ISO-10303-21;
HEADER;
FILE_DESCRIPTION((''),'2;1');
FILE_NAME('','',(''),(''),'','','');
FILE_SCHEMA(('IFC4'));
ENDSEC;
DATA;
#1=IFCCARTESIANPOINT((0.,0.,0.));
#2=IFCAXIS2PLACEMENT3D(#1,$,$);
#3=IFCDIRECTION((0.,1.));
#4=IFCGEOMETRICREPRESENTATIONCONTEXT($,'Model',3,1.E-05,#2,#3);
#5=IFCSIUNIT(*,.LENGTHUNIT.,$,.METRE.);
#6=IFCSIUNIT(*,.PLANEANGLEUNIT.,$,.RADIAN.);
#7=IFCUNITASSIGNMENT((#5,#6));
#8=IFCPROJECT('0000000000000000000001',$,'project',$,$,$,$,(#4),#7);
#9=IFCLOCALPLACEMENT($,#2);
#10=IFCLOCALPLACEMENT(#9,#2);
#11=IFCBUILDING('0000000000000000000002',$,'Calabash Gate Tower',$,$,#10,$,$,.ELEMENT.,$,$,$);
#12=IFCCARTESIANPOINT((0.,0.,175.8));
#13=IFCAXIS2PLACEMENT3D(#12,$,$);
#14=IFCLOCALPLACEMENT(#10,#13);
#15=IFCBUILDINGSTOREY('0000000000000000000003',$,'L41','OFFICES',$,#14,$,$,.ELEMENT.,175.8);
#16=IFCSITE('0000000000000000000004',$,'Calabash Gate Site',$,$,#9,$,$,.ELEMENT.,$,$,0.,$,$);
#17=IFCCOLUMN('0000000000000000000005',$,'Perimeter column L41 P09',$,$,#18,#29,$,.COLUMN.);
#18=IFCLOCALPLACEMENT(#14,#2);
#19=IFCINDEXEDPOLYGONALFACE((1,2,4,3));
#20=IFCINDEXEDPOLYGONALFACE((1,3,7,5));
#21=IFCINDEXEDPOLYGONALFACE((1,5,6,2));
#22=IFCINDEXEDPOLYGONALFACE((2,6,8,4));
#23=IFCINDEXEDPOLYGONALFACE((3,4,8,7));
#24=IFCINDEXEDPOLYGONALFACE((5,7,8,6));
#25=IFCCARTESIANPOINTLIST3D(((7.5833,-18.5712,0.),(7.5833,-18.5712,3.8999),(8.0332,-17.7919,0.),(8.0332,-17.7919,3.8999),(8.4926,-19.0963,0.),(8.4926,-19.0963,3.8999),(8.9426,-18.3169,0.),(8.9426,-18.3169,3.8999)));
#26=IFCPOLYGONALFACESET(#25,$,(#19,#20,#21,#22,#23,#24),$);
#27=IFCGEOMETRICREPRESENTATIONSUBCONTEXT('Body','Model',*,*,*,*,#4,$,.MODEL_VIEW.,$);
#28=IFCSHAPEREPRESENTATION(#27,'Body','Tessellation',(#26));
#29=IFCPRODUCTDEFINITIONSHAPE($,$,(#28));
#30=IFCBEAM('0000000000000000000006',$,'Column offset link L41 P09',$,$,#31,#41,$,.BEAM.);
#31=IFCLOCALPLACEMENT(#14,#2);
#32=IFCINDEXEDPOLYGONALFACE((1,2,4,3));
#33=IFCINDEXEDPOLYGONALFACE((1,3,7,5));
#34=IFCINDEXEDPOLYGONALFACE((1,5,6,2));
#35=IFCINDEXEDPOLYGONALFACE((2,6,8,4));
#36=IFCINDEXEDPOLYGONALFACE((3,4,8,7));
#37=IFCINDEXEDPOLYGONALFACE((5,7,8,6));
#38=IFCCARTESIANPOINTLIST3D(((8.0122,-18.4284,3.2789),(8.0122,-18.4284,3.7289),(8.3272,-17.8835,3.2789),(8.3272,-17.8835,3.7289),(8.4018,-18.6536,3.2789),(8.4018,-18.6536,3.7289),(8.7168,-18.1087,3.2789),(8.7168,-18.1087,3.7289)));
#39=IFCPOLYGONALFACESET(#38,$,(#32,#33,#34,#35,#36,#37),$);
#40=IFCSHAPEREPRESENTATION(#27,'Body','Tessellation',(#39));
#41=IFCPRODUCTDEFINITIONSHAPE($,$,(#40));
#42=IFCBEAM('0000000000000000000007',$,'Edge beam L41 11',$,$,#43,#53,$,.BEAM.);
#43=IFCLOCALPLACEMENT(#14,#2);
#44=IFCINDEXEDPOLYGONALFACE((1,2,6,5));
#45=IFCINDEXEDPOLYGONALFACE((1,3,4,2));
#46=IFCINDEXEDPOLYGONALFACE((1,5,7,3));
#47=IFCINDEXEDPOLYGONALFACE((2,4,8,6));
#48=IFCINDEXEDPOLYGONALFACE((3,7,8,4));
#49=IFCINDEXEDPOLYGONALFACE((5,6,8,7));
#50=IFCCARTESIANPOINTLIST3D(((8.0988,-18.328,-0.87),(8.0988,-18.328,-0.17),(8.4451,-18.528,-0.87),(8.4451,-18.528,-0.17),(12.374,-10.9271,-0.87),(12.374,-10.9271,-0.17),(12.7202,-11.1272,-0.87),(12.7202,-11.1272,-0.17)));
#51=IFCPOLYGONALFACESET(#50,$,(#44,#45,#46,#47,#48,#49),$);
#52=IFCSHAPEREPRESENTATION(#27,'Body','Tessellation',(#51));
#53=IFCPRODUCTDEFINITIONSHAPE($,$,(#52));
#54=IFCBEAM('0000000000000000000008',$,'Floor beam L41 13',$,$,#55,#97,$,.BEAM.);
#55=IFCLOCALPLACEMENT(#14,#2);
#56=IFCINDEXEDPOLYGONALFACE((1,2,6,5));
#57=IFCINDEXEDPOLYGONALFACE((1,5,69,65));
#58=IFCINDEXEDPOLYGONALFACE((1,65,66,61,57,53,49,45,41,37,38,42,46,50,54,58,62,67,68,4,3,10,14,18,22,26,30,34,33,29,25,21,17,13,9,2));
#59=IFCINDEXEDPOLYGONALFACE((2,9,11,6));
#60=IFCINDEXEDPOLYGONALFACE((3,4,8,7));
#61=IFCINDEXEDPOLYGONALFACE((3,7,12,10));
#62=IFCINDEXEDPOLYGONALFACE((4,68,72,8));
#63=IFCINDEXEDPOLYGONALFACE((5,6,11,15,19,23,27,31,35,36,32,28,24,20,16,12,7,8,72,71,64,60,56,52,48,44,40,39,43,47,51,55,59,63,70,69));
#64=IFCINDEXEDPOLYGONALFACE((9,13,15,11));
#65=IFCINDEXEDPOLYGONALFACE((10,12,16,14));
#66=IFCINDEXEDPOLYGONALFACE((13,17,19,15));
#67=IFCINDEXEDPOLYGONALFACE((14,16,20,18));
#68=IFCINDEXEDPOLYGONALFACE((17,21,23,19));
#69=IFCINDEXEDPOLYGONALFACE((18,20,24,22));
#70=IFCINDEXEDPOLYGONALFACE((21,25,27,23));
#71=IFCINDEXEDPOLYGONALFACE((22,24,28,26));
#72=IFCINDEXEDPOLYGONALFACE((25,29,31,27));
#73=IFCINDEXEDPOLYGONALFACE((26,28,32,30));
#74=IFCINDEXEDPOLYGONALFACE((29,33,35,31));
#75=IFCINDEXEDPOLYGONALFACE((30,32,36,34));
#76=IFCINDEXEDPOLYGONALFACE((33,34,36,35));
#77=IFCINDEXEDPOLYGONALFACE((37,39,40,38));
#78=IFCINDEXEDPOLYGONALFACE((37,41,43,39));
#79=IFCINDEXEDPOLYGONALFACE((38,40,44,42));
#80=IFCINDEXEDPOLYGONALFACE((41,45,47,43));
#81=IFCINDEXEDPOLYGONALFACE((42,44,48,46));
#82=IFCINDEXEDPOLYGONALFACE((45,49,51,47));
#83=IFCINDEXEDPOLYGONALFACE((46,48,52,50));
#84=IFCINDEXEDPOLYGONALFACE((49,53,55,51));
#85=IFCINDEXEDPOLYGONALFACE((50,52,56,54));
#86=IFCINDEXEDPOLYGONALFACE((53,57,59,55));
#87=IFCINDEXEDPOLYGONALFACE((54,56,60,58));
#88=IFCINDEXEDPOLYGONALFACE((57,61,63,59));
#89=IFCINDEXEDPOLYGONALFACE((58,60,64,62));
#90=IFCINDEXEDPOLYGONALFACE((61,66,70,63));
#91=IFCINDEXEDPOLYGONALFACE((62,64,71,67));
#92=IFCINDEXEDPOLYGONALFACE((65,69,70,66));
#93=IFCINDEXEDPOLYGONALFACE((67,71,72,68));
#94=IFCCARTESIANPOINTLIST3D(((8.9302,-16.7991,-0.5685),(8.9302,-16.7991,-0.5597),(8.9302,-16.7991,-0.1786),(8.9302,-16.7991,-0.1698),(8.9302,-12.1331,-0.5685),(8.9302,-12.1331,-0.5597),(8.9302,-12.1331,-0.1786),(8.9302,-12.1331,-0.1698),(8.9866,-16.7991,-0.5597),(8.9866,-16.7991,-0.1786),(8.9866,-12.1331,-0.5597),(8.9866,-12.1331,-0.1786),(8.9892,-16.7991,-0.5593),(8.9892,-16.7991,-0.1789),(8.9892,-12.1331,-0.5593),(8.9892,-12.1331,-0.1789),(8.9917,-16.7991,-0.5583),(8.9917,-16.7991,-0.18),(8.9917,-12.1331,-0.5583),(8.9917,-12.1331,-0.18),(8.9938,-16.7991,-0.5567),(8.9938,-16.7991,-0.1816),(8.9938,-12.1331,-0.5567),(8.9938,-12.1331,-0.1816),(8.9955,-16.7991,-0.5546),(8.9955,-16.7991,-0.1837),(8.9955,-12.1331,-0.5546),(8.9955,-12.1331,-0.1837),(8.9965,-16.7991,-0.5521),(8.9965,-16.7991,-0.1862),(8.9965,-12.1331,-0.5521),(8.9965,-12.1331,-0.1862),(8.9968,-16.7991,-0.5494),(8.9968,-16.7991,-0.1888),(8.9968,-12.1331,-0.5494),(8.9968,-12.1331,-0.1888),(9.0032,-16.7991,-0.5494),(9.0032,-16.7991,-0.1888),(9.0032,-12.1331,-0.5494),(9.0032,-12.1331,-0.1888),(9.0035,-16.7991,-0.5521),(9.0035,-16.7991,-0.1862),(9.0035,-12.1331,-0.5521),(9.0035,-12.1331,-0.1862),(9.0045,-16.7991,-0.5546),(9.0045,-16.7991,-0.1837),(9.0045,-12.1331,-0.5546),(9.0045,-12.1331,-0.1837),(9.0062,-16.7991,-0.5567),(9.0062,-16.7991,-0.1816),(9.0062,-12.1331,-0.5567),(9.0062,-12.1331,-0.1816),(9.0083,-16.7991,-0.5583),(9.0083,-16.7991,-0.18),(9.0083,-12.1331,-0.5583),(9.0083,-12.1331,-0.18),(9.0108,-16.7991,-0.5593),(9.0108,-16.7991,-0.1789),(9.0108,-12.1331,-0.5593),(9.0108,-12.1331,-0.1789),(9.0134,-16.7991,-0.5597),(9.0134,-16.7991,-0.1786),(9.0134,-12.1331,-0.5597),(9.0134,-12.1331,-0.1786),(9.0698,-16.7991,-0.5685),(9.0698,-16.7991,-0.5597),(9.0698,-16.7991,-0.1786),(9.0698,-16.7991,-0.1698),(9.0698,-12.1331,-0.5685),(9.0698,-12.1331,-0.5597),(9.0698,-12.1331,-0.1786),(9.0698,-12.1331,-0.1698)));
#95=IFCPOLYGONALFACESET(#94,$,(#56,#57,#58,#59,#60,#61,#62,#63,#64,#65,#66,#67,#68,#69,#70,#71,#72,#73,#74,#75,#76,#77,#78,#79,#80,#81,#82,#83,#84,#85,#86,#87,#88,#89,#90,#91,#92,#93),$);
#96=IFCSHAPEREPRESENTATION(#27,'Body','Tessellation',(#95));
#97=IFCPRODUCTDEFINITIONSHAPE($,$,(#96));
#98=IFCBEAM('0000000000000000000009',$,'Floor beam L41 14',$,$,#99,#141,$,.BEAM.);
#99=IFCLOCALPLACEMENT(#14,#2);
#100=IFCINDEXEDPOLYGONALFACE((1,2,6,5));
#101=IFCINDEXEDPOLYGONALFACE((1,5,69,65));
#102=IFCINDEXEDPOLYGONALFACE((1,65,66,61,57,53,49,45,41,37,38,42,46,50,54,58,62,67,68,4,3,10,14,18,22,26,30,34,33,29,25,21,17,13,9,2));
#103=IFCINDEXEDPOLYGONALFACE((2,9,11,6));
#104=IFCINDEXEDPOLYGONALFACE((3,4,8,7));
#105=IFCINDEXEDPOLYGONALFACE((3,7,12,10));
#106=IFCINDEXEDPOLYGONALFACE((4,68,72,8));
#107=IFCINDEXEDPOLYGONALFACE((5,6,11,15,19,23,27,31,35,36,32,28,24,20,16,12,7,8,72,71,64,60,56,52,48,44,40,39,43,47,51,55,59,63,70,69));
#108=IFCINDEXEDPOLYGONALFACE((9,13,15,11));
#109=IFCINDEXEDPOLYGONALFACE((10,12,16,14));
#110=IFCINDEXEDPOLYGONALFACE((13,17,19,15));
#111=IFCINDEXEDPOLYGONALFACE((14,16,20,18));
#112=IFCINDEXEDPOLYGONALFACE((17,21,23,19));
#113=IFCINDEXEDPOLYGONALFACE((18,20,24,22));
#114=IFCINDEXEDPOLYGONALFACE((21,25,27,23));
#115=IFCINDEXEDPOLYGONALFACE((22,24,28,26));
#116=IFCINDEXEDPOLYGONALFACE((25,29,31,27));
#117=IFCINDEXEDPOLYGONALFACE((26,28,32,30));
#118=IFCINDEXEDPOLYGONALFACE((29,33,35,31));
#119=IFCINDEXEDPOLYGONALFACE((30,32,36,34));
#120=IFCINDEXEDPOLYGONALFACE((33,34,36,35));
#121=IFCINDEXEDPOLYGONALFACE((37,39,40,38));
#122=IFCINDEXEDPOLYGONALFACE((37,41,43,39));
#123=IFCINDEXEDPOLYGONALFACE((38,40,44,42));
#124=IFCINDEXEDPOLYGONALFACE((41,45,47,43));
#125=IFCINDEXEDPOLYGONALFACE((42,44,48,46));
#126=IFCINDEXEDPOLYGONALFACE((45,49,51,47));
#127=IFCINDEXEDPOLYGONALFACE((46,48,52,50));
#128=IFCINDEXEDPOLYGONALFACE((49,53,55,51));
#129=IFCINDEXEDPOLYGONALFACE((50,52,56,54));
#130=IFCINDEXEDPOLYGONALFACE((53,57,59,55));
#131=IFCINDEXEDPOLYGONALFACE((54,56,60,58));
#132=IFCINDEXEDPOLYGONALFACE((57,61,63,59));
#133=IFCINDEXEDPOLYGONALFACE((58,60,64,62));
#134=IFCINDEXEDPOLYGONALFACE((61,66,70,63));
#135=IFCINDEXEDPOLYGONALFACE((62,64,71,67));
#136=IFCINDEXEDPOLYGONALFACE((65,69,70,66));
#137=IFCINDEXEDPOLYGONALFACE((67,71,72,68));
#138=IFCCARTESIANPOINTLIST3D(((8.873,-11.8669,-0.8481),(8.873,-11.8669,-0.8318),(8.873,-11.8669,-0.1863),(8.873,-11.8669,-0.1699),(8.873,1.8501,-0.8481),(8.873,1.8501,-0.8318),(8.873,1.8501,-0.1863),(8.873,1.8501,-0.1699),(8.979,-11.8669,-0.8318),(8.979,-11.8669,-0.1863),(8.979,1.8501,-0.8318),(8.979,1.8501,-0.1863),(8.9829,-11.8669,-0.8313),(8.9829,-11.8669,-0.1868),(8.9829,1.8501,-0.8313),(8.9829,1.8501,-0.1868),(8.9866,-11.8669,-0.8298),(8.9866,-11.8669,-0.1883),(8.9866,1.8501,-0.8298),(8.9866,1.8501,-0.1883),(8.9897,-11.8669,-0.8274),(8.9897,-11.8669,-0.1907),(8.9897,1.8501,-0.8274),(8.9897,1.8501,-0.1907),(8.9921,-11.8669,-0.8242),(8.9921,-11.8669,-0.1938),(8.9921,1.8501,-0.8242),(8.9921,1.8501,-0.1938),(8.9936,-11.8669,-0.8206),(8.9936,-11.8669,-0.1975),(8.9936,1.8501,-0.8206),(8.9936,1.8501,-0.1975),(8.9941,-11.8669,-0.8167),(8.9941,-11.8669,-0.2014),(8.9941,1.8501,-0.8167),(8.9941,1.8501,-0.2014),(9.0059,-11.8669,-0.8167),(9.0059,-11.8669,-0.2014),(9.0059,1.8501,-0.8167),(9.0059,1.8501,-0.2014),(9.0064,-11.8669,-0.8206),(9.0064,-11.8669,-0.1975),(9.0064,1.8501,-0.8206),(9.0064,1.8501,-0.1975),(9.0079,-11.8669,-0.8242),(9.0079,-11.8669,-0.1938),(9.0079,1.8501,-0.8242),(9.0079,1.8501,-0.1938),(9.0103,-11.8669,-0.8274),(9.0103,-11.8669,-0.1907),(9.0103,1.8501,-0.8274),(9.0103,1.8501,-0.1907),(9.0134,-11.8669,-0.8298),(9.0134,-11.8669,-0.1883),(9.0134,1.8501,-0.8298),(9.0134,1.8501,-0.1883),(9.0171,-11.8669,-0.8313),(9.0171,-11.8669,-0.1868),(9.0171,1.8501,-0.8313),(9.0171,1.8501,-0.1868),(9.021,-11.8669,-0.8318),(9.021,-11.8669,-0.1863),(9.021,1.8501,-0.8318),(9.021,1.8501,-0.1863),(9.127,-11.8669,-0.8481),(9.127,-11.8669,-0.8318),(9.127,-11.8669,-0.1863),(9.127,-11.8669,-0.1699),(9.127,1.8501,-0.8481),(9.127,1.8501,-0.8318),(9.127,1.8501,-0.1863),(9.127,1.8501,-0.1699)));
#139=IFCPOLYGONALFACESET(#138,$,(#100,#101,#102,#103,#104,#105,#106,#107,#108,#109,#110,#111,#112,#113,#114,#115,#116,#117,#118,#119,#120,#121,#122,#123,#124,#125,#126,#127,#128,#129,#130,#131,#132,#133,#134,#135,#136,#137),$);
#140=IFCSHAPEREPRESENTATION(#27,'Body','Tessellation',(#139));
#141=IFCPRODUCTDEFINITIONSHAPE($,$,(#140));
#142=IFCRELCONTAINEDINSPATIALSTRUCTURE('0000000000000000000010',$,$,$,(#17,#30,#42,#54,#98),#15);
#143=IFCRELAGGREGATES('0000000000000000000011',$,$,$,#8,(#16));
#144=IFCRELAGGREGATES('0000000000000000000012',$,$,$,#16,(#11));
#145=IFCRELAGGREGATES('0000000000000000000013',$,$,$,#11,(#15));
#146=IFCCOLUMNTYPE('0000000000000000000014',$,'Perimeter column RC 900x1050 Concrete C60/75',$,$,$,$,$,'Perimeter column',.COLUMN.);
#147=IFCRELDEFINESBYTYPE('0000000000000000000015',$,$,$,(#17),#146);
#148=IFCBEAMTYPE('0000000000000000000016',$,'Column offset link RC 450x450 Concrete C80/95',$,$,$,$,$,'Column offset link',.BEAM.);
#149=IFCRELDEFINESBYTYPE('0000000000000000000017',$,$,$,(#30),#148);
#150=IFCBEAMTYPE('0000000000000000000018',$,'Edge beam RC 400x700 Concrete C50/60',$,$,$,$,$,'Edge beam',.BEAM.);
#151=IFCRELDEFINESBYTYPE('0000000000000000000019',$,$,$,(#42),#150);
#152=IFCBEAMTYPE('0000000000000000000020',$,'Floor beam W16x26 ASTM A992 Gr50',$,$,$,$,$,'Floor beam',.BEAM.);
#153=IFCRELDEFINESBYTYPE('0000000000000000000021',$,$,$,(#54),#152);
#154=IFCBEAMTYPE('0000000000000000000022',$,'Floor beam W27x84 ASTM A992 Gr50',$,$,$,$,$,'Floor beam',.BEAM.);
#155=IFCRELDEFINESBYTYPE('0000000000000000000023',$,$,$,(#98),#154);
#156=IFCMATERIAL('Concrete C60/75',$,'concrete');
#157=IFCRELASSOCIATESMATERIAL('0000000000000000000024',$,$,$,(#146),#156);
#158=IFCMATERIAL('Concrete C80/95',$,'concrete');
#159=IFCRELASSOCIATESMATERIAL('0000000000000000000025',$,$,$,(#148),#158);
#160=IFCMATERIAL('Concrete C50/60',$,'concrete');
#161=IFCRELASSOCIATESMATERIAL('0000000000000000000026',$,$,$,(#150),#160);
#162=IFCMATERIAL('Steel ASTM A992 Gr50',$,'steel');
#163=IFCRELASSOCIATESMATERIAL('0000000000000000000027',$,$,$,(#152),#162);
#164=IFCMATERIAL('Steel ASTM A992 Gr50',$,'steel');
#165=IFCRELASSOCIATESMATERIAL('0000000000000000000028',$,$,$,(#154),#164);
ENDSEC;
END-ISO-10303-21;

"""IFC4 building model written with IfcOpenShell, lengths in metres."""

from ifc_helpers import new_model, si_unit, direction, frame, origin, origin_2d, place, context, subcontext, project, spatial, rectangle, i_section, extrude, material, material_profile, profile_set, type_object, element, save


model = new_model("IFC4")

# Units and contexts
model_context = context("Model", 3, precision=1e-05, world=origin(), true_north=direction((0.0, 1.0)))
body_context = subcontext(model_context, "Body", "Model", "MODEL_VIEW")
ifc_project = project(units=[si_unit("LENGTHUNIT", "METRE"), si_unit("PLANEANGLEUNIT", "RADIAN")], contexts=[model_context])

# Site, building, storey
site_placement = place(None, origin())
site = spatial("IfcSite", under=ifc_project, at=site_placement, Name="Calabash Gate Site", CompositionType="ELEMENT", RefElevation=0.0)
building_placement = place(site_placement, origin())
building = spatial("IfcBuilding", under=site, at=building_placement, Name="Calabash Gate Tower", CompositionType="ELEMENT")
storey_placement = place(building_placement, frame((0.0, 0.0, 175.8)))
storey = spatial("IfcBuildingStorey", under=building, at=storey_placement, Name="L41", Description="OFFICES", CompositionType="ELEMENT", Elevation=175.8)

# Column
ifc_material_1 = material(Name="Concrete C60/75", Category="concrete")
ifc_material_profile_1 = material_profile(ifc_material_1, rectangle(XDim=0.8999, YDim=1.05, at=origin_2d()))
ifc_profile_set_1 = profile_set([ifc_material_profile_1], Name="Concrete C60/75")
column_type = type_object("IfcColumnType", Name="Perimeter column RC 900x1050 Concrete C60/75", ElementType="Perimeter column", PredefinedType="COLUMN", material=ifc_profile_set_1)
column_placement = place(storey_placement, frame((8.2629, -18.4441, 0.0), z_axis=(0.0, 0.0, 1.0), x_axis=(0.5, 0.866025, 0.0)))
element("IfcColumn", 1, at=column_placement, inside=storey, type_object=column_type, Name="Perimeter column L41 P09", PredefinedType="COLUMN", context=body_context, shape_type="SweptSolid", body=[
    extrude(rectangle(XDim=0.8999, YDim=1.05, at=origin_2d()), origin(), (0.0, 0.0, 1.0), 3.8999),
])

# Beams
ifc_material_2 = material(Name="Concrete C80/95", Category="concrete")
ifc_material_profile_2 = material_profile(ifc_material_2, rectangle(XDim=0.45, YDim=0.45, at=origin_2d()))
ifc_profile_set_2 = profile_set([ifc_material_profile_2], Name="Concrete C80/95")
beam_type_1 = type_object("IfcBeamType", Name="Column offset link RC 450x450 Concrete C80/95", ElementType="Column offset link", PredefinedType="BEAM", material=ifc_profile_set_2)
beam_1_placement = place(storey_placement, frame((8.207, -18.541, 3.5039), z_axis=(0.500394, 0.865798, 0.0), x_axis=(-0.865798, 0.500394, 0.0)))
element("IfcBeam", 2, at=beam_1_placement, inside=storey, type_object=beam_type_1, Name="Column offset link L41 P09", PredefinedType="BEAM", context=body_context, shape_type="SweptSolid", body=[
    extrude(rectangle(XDim=0.45, YDim=0.45, at=origin_2d()), origin(), (0.0, 0.0, 1.0), 0.6294),
])
ifc_material_3 = material(Name="Concrete C50/60", Category="concrete")
ifc_material_profile_3 = material_profile(ifc_material_3, rectangle(XDim=0.3999, YDim=0.7, at=origin_2d()))
ifc_profile_set_3 = profile_set([ifc_material_profile_3], Name="Concrete C50/60")
beam_type_2 = type_object("IfcBeamType", Name="Edge beam RC 400x700 Concrete C50/60", ElementType="Edge beam", PredefinedType="BEAM", material=ifc_profile_set_3)
beam_2_placement = place(storey_placement, frame((8.272, -18.428, -0.52), z_axis=(0.500197, 0.865912, 0.0), x_axis=(-0.865912, 0.500197, 0.0)))
element("IfcBeam", 3, at=beam_2_placement, inside=storey, type_object=beam_type_2, Name="Edge beam L41 11", PredefinedType="BEAM", context=body_context, shape_type="SweptSolid", body=[
    extrude(rectangle(XDim=0.3999, YDim=0.7, at=origin_2d()), origin(), (0.0, 0.0, 1.0), 8.5469),
])
ifc_material_4 = material(Name="Steel ASTM A992 Gr50", Category="steel")
ifc_material_profile_4 = material_profile(ifc_material_4, i_section(OverallWidth=0.1396, OverallDepth=0.3987, WebThickness=0.0063, FlangeThickness=0.0088, FilletRadius=0.0103, at=origin_2d()))
ifc_profile_set_4 = profile_set([ifc_material_profile_4], Name="Steel ASTM A992 Gr50")
beam_type_3 = type_object("IfcBeamType", Name="Floor beam W16x26 ASTM A992 Gr50", ElementType="Floor beam", PredefinedType="BEAM", material=ifc_profile_set_4)
beam_3_placement = place(storey_placement, frame((9.0, -16.7991, -0.3691), z_axis=(0.0, 1.0, 0.0), x_axis=(-1.0, 0.0, 0.0)))
element("IfcBeam", 4, at=beam_3_placement, inside=storey, type_object=beam_type_3, Name="Floor beam L41 13", PredefinedType="BEAM", context=body_context, shape_type="SweptSolid", body=[
    extrude(i_section(OverallWidth=0.1396, OverallDepth=0.3987, WebThickness=0.0063, FlangeThickness=0.0088, FilletRadius=0.0103, at=origin_2d()), origin(), (0.0, 0.0, 1.0), 4.666),
])
ifc_material_5 = material(Name="Steel ASTM A992 Gr50", Category="steel")
ifc_material_profile_5 = material_profile(ifc_material_5, i_section(OverallWidth=0.2539, OverallDepth=0.6782, WebThickness=0.0117, FlangeThickness=0.0164, FilletRadius=0.0151, at=origin_2d()))
ifc_profile_set_5 = profile_set([ifc_material_profile_5], Name="Steel ASTM A992 Gr50")
beam_type_4 = type_object("IfcBeamType", Name="Floor beam W27x84 ASTM A992 Gr50", ElementType="Floor beam", PredefinedType="BEAM", material=ifc_profile_set_5)
beam_4_placement = place(storey_placement, frame((9.0, -11.8669, -0.509), z_axis=(0.0, 1.0, 0.0), x_axis=(-1.0, 0.0, 0.0)))
element("IfcBeam", 5, at=beam_4_placement, inside=storey, type_object=beam_type_4, Name="Floor beam L41 14", PredefinedType="BEAM", context=body_context, shape_type="SweptSolid", body=[
    extrude(i_section(OverallWidth=0.2539, OverallDepth=0.6782, WebThickness=0.0117, FlangeThickness=0.0164, FilletRadius=0.0151, at=origin_2d()), origin(), (0.0, 0.0, 1.0), 13.717),
])

save(model, "model.ifc")
